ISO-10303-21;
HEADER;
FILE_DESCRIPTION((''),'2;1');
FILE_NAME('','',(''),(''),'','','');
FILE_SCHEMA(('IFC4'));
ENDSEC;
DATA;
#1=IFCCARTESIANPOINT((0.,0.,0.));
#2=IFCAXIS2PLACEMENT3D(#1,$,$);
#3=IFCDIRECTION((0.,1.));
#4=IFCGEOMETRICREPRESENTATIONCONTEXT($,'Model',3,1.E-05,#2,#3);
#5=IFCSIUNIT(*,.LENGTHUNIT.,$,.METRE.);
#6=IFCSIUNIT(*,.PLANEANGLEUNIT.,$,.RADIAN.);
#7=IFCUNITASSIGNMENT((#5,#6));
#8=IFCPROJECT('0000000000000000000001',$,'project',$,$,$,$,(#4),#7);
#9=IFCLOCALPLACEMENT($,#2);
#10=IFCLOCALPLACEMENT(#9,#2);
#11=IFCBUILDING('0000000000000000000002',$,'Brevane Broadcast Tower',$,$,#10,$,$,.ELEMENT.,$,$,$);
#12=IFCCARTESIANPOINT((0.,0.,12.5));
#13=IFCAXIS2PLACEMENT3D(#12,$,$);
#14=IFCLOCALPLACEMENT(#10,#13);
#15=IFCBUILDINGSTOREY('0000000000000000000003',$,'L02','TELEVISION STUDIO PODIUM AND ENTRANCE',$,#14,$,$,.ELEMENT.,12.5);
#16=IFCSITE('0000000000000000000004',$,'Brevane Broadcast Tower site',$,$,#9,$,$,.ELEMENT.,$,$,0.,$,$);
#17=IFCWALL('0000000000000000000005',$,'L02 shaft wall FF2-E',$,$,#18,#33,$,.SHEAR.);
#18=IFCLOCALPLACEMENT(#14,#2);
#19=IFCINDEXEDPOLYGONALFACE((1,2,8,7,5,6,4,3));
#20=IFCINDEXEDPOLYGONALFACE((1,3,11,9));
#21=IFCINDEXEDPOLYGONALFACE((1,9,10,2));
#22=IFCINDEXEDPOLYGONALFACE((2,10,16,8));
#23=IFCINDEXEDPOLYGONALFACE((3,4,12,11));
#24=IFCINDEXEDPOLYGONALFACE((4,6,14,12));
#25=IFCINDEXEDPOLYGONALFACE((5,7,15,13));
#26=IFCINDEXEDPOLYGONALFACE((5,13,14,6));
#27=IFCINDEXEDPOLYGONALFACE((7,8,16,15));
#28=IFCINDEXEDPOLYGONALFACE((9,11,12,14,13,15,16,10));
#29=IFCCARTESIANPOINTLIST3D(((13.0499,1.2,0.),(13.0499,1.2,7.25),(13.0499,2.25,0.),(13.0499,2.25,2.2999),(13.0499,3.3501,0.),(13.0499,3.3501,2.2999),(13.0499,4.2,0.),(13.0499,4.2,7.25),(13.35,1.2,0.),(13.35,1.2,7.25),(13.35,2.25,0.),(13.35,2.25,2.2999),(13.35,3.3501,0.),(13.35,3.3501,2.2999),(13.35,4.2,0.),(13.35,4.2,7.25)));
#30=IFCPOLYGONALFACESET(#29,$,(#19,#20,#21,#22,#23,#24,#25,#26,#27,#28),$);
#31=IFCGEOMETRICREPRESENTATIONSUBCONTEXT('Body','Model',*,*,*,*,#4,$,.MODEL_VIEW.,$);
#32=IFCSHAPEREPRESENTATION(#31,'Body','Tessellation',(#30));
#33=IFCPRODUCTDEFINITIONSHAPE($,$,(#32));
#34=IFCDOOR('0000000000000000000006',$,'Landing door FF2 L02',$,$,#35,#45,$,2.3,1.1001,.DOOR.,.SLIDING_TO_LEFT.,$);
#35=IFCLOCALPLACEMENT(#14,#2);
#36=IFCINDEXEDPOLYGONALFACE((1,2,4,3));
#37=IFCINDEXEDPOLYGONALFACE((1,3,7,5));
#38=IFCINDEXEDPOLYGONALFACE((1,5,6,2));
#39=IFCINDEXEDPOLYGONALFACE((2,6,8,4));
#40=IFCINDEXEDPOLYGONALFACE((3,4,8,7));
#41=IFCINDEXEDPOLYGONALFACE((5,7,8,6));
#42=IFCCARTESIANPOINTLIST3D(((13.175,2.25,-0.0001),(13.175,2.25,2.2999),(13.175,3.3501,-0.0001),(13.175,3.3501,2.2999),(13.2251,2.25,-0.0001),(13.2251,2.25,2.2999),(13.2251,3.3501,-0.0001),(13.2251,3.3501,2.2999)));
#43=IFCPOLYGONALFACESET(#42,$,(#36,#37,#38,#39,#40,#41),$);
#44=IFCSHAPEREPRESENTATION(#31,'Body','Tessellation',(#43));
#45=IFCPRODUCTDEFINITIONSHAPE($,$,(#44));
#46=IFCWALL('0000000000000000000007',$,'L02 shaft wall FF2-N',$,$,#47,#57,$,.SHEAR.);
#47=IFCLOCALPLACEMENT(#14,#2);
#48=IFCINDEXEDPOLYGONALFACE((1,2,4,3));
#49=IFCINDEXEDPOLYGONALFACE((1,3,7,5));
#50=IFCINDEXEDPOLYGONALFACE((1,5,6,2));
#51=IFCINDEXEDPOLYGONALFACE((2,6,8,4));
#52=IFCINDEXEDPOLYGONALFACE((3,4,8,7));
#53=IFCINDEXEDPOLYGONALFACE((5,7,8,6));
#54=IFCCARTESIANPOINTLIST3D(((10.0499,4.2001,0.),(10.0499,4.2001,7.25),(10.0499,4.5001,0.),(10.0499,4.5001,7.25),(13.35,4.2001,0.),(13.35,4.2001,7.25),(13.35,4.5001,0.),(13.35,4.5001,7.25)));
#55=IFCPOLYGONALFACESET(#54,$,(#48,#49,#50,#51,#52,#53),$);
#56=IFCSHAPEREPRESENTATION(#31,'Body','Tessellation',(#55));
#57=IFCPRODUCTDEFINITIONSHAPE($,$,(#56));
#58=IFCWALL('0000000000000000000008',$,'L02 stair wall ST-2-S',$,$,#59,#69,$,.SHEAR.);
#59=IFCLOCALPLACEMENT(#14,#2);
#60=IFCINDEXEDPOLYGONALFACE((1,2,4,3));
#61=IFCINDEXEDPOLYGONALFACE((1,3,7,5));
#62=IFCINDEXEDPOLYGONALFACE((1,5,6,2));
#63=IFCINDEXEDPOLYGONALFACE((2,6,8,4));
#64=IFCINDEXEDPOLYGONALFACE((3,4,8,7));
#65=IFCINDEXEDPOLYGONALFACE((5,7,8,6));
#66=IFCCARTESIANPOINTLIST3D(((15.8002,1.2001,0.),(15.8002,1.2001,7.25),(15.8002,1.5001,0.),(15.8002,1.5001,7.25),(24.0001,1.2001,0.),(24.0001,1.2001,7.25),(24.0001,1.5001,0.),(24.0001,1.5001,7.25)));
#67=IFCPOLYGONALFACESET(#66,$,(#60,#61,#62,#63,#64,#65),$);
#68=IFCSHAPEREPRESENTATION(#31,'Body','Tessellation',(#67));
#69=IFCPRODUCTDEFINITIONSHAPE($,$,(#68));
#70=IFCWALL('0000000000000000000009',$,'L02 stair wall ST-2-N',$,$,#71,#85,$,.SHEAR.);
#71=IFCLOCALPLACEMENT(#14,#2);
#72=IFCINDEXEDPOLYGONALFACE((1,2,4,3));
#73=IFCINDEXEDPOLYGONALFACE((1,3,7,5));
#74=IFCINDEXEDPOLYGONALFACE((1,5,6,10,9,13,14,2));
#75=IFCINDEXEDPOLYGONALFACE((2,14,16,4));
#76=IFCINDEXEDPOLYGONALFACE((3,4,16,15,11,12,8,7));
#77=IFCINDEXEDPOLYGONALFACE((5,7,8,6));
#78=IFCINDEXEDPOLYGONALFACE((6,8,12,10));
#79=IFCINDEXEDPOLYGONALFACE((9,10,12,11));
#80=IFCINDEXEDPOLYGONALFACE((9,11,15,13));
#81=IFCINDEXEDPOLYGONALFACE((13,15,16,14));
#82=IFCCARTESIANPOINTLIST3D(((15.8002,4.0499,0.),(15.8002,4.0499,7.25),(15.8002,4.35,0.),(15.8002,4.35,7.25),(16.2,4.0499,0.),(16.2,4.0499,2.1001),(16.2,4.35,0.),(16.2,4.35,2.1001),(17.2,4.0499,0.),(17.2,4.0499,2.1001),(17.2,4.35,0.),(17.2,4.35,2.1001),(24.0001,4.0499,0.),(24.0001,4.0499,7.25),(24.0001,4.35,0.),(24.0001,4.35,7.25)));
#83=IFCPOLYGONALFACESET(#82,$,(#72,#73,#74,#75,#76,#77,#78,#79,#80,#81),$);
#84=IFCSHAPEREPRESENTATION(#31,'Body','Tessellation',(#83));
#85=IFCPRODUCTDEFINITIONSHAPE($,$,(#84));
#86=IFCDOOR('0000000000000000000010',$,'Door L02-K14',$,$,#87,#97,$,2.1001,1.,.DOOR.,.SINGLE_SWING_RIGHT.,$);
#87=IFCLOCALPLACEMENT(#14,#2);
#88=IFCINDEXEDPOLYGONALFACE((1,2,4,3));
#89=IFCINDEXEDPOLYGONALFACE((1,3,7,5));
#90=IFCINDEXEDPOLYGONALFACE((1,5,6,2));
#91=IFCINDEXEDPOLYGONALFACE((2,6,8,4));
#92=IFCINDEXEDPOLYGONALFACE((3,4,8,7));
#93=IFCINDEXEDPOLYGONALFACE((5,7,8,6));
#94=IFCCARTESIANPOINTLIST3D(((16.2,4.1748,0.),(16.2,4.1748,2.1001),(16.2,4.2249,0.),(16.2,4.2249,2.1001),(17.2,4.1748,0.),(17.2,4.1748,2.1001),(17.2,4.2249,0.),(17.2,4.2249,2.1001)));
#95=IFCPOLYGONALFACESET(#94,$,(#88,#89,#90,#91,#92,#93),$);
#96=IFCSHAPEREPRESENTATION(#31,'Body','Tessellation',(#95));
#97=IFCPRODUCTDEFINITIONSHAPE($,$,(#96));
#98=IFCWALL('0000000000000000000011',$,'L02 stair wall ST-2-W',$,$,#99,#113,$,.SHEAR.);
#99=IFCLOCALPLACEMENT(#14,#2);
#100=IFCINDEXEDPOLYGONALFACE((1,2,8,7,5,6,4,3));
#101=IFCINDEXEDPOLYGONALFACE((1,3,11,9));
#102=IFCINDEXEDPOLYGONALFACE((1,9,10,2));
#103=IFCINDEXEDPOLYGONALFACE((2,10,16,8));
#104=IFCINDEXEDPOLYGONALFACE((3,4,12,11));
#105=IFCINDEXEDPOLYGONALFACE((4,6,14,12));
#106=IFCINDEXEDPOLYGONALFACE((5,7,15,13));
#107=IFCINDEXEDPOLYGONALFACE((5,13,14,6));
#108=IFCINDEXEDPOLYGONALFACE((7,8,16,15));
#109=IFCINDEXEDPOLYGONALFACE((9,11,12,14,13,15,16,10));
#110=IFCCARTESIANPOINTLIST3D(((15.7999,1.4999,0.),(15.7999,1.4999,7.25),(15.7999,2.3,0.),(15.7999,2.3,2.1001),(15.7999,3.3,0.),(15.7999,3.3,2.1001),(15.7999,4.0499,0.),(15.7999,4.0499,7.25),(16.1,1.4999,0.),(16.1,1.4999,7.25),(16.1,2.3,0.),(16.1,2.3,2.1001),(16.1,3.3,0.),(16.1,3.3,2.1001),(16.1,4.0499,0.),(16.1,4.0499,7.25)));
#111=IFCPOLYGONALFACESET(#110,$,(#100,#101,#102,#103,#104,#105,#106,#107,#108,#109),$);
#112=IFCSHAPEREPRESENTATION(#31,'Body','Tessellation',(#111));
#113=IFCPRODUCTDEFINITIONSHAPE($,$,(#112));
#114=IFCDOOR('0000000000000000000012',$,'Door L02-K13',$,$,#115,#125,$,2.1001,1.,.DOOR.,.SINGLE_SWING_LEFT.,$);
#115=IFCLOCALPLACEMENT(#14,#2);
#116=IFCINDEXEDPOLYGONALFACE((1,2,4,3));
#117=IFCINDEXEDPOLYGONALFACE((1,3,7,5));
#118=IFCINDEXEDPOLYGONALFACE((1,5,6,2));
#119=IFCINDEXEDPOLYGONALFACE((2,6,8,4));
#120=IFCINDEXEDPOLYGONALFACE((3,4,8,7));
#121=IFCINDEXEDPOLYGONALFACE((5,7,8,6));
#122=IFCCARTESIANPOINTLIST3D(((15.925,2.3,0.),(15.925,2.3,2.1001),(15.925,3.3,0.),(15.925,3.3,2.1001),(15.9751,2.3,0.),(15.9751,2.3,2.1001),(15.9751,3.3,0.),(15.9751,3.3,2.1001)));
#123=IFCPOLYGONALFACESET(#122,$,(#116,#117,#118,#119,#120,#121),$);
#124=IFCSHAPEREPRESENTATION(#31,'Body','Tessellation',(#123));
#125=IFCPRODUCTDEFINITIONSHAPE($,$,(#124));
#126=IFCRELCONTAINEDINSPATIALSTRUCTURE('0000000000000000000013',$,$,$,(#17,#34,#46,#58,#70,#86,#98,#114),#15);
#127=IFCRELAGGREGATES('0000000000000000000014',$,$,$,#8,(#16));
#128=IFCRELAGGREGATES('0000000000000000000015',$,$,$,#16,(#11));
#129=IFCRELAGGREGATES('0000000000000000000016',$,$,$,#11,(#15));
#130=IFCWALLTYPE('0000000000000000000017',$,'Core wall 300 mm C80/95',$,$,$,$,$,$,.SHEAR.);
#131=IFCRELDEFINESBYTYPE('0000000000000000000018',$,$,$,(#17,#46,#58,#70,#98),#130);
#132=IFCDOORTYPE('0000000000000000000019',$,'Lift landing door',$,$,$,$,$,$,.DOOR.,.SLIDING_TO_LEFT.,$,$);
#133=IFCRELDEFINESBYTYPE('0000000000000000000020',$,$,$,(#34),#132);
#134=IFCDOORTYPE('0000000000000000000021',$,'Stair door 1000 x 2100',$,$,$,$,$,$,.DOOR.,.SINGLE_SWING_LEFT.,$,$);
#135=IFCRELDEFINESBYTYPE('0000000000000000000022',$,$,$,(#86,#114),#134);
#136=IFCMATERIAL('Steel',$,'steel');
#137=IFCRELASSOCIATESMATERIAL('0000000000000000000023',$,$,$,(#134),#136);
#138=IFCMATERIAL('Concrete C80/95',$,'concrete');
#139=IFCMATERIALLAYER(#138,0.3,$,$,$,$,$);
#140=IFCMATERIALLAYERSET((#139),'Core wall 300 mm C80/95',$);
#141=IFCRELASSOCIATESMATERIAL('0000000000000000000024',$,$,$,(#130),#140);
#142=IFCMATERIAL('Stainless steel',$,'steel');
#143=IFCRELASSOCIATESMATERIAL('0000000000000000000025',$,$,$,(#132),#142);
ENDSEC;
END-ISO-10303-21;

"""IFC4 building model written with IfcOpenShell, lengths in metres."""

from ifc_helpers import new_model, si_unit, direction, frame, frame_2d, origin, place, context, subcontext, project, spatial, rectangle, extrude, material, layer, layer_set, type_object, element, fill, save


model = new_model("IFC4")

# Units and contexts
model_context = context("Model", 3, precision=1e-05, world=origin(), true_north=direction((0.0, 1.0)))
body_context = subcontext(model_context, "Body", "Model", "MODEL_VIEW")
ifc_project = project(units=[si_unit("LENGTHUNIT", "METRE"), si_unit("PLANEANGLEUNIT", "RADIAN")], contexts=[model_context])

# Site, building, storey
site_placement = place(None, origin())
site = spatial("IfcSite", under=ifc_project, at=site_placement, Name="Brevane Broadcast Tower site", CompositionType="ELEMENT", RefElevation=0.0)
building_placement = place(site_placement, origin())
building = spatial("IfcBuilding", under=site, at=building_placement, Name="Brevane Broadcast Tower", CompositionType="ELEMENT")
storey_placement = place(building_placement, frame((0.0, 0.0, 12.5)))
storey = spatial("IfcBuildingStorey", under=building, at=storey_placement, Name="L02", Description="TELEVISION STUDIO PODIUM AND ENTRANCE", CompositionType="ELEMENT", Elevation=12.5)

# Shared definitions
ifc_material_1 = material(Name="Steel", Category="steel")
door_type_1 = type_object("IfcDoorType", Name="Stair door 1000 x 2100", OperationType="SINGLE_SWING_LEFT", PredefinedType="DOOR", material=ifc_material_1)

# Shared definitions
ifc_material_2 = material(Name="Concrete C80/95", Category="concrete")
ifc_layer_1 = layer(ifc_material_2, 0.3)
ifc_layer_set_1 = layer_set([ifc_layer_1], Name="Core wall 300 mm C80/95")
wall_type_1 = type_object("IfcWallType", Name="Core wall 300 mm C80/95", PredefinedType="SHEAR", material=ifc_layer_set_1)

# Wall, opening, door
wall_1_placement = place(storey_placement, frame((13.2, 1.2, 0.0), z_axis=(0.0, 0.0, 1.0), x_axis=(0.0, 1.0, 0.0)))
wall_1 = element("IfcWall", 1, at=wall_1_placement, inside=storey, type_object=wall_type_1, Name="L02 shaft wall FF2-E", PredefinedType="SHEAR", context=body_context, shape_type="SweptSolid", body=[
    extrude(rectangle(XDim=3.0, YDim=0.3, at=frame_2d((1.5, 0.0))), origin(), (0.0, 0.0, 1.0), 7.25),
])
opening_1_placement = place(wall_1_placement, frame((1.05, 0.0, 0.0)))
opening_1 = element("IfcOpeningElement", 2, at=opening_1_placement, cuts=wall_1, PredefinedType="OPENING", context=body_context, shape_type="SweptSolid", body=[
    extrude(rectangle(XDim=1.1001, YDim=2.3, at=frame_2d((0.55, 1.1499))), frame((0.0, 0.1599, 0.0), z_axis=(0.0, -1.0, 0.0), x_axis=(1.0, 0.0, 0.0)), (0.0, 0.0, 1.0), 0.3201),
])
ifc_material_3 = material(Name="Stainless steel", Category="steel")
door_type_2 = type_object("IfcDoorType", Name="Lift landing door", OperationType="SLIDING_TO_LEFT", PredefinedType="DOOR", material=ifc_material_3)
door_1_placement = place(opening_1_placement, origin())
door_1 = element("IfcDoor", 3, at=door_1_placement, inside=storey, type_object=door_type_2, Name="Landing door FF2 L02", OperationType="SLIDING_TO_LEFT", OverallHeight=2.3, OverallWidth=1.1001, PredefinedType="DOOR", context=body_context, shape_type="SweptSolid", body=[
    extrude(rectangle(XDim=1.1001, YDim=2.3, at=frame_2d((0.55, 1.1499))), frame((0.0, 0.0249, 0.0), z_axis=(0.0, -1.0, 0.0), x_axis=(1.0, 0.0, 0.0)), (0.0, 0.0, 1.0), 0.05),
])
fill(opening_1, door_1)

# Walls
wall_2_placement = place(storey_placement, frame((10.05, 4.3501, 0.0), z_axis=(0.0, 0.0, 1.0), x_axis=(1.0, 0.0, 0.0)))
element("IfcWall", 4, at=wall_2_placement, inside=storey, type_object=wall_type_1, Name="L02 shaft wall FF2-N", PredefinedType="SHEAR", context=body_context, shape_type="SweptSolid", body=[
    extrude(rectangle(XDim=3.3, YDim=0.3, at=frame_2d((1.6499, 0.0))), origin(), (0.0, 0.0, 1.0), 7.25),
])
wall_3_placement = place(storey_placement, frame((15.8, 1.3501, 0.0), z_axis=(0.0, 0.0, 1.0), x_axis=(1.0, 0.0, 0.0)))
element("IfcWall", 5, at=wall_3_placement, inside=storey, type_object=wall_type_1, Name="L02 stair wall ST-2-S", PredefinedType="SHEAR", context=body_context, shape_type="SweptSolid", body=[
    extrude(rectangle(XDim=8.2, YDim=0.3, at=frame_2d((4.1001, 0.0))), origin(), (0.0, 0.0, 1.0), 7.25),
])

# Walls, openings, doors
wall_4_placement = place(storey_placement, frame((15.8, 4.2, 0.0), z_axis=(0.0, 0.0, 1.0), x_axis=(1.0, 0.0, 0.0)))
wall_4 = element("IfcWall", 6, at=wall_4_placement, inside=storey, type_object=wall_type_1, Name="L02 stair wall ST-2-N", PredefinedType="SHEAR", context=body_context, shape_type="SweptSolid", body=[
    extrude(rectangle(XDim=8.2, YDim=0.3, at=frame_2d((4.1001, 0.0))), origin(), (0.0, 0.0, 1.0), 7.25),
])
opening_2_placement = place(wall_4_placement, frame((0.3999, 0.0, 0.0)))
opening_2 = element("IfcOpeningElement", 7, at=opening_2_placement, cuts=wall_4, PredefinedType="OPENING", context=body_context, shape_type="SweptSolid", body=[
    extrude(rectangle(XDim=1.0, YDim=2.1001, at=frame_2d((0.5, 1.05))), frame((0.0, 0.1599, 0.0), z_axis=(0.0, -1.0, 0.0), x_axis=(1.0, 0.0, 0.0)), (0.0, 0.0, 1.0), 0.3201),
])
door_2_placement = place(opening_2_placement, origin())
door_2 = element("IfcDoor", 8, at=door_2_placement, inside=storey, type_object=door_type_1, Name="Door L02-K14", OperationType="SINGLE_SWING_RIGHT", OverallHeight=2.1001, OverallWidth=1.0, PredefinedType="DOOR", context=body_context, shape_type="SweptSolid", body=[
    extrude(rectangle(XDim=1.0, YDim=2.1001, at=frame_2d((0.5, 1.05))), frame((0.0, 0.0249, 0.0), z_axis=(0.0, -1.0, 0.0), x_axis=(1.0, 0.0, 0.0)), (0.0, 0.0, 1.0), 0.05),
])
fill(opening_2, door_2)
wall_5_placement = place(storey_placement, frame((15.95, 1.5, 0.0), z_axis=(0.0, 0.0, 1.0), x_axis=(0.0, 1.0, 0.0)))
wall_5 = element("IfcWall", 9, at=wall_5_placement, inside=storey, type_object=wall_type_1, Name="L02 stair wall ST-2-W", PredefinedType="SHEAR", context=body_context, shape_type="SweptSolid", body=[
    extrude(rectangle(XDim=2.55, YDim=0.3, at=frame_2d((1.2749, 0.0))), origin(), (0.0, 0.0, 1.0), 7.25),
])
opening_3_placement = place(wall_5_placement, frame((0.8, 0.0, 0.0)))
opening_3 = element("IfcOpeningElement", 10, at=opening_3_placement, cuts=wall_5, PredefinedType="OPENING", context=body_context, shape_type="SweptSolid", body=[
    extrude(rectangle(XDim=1.0, YDim=2.1001, at=frame_2d((0.5, 1.05))), frame((0.0, 0.1599, 0.0), z_axis=(0.0, -1.0, 0.0), x_axis=(1.0, 0.0, 0.0)), (0.0, 0.0, 1.0), 0.3201),
])
door_3_placement = place(opening_3_placement, origin())
door_3 = element("IfcDoor", 11, at=door_3_placement, inside=storey, type_object=door_type_1, Name="Door L02-K13", OperationType="SINGLE_SWING_LEFT", OverallHeight=2.1001, OverallWidth=1.0, PredefinedType="DOOR", context=body_context, shape_type="SweptSolid", body=[
    extrude(rectangle(XDim=1.0, YDim=2.1001, at=frame_2d((0.5, 1.05))), frame((0.0, 0.0249, 0.0), z_axis=(0.0, -1.0, 0.0), x_axis=(1.0, 0.0, 0.0)), (0.0, 0.0, 1.0), 0.05),
])
fill(opening_3, door_3)

save(model, "model.ifc")
